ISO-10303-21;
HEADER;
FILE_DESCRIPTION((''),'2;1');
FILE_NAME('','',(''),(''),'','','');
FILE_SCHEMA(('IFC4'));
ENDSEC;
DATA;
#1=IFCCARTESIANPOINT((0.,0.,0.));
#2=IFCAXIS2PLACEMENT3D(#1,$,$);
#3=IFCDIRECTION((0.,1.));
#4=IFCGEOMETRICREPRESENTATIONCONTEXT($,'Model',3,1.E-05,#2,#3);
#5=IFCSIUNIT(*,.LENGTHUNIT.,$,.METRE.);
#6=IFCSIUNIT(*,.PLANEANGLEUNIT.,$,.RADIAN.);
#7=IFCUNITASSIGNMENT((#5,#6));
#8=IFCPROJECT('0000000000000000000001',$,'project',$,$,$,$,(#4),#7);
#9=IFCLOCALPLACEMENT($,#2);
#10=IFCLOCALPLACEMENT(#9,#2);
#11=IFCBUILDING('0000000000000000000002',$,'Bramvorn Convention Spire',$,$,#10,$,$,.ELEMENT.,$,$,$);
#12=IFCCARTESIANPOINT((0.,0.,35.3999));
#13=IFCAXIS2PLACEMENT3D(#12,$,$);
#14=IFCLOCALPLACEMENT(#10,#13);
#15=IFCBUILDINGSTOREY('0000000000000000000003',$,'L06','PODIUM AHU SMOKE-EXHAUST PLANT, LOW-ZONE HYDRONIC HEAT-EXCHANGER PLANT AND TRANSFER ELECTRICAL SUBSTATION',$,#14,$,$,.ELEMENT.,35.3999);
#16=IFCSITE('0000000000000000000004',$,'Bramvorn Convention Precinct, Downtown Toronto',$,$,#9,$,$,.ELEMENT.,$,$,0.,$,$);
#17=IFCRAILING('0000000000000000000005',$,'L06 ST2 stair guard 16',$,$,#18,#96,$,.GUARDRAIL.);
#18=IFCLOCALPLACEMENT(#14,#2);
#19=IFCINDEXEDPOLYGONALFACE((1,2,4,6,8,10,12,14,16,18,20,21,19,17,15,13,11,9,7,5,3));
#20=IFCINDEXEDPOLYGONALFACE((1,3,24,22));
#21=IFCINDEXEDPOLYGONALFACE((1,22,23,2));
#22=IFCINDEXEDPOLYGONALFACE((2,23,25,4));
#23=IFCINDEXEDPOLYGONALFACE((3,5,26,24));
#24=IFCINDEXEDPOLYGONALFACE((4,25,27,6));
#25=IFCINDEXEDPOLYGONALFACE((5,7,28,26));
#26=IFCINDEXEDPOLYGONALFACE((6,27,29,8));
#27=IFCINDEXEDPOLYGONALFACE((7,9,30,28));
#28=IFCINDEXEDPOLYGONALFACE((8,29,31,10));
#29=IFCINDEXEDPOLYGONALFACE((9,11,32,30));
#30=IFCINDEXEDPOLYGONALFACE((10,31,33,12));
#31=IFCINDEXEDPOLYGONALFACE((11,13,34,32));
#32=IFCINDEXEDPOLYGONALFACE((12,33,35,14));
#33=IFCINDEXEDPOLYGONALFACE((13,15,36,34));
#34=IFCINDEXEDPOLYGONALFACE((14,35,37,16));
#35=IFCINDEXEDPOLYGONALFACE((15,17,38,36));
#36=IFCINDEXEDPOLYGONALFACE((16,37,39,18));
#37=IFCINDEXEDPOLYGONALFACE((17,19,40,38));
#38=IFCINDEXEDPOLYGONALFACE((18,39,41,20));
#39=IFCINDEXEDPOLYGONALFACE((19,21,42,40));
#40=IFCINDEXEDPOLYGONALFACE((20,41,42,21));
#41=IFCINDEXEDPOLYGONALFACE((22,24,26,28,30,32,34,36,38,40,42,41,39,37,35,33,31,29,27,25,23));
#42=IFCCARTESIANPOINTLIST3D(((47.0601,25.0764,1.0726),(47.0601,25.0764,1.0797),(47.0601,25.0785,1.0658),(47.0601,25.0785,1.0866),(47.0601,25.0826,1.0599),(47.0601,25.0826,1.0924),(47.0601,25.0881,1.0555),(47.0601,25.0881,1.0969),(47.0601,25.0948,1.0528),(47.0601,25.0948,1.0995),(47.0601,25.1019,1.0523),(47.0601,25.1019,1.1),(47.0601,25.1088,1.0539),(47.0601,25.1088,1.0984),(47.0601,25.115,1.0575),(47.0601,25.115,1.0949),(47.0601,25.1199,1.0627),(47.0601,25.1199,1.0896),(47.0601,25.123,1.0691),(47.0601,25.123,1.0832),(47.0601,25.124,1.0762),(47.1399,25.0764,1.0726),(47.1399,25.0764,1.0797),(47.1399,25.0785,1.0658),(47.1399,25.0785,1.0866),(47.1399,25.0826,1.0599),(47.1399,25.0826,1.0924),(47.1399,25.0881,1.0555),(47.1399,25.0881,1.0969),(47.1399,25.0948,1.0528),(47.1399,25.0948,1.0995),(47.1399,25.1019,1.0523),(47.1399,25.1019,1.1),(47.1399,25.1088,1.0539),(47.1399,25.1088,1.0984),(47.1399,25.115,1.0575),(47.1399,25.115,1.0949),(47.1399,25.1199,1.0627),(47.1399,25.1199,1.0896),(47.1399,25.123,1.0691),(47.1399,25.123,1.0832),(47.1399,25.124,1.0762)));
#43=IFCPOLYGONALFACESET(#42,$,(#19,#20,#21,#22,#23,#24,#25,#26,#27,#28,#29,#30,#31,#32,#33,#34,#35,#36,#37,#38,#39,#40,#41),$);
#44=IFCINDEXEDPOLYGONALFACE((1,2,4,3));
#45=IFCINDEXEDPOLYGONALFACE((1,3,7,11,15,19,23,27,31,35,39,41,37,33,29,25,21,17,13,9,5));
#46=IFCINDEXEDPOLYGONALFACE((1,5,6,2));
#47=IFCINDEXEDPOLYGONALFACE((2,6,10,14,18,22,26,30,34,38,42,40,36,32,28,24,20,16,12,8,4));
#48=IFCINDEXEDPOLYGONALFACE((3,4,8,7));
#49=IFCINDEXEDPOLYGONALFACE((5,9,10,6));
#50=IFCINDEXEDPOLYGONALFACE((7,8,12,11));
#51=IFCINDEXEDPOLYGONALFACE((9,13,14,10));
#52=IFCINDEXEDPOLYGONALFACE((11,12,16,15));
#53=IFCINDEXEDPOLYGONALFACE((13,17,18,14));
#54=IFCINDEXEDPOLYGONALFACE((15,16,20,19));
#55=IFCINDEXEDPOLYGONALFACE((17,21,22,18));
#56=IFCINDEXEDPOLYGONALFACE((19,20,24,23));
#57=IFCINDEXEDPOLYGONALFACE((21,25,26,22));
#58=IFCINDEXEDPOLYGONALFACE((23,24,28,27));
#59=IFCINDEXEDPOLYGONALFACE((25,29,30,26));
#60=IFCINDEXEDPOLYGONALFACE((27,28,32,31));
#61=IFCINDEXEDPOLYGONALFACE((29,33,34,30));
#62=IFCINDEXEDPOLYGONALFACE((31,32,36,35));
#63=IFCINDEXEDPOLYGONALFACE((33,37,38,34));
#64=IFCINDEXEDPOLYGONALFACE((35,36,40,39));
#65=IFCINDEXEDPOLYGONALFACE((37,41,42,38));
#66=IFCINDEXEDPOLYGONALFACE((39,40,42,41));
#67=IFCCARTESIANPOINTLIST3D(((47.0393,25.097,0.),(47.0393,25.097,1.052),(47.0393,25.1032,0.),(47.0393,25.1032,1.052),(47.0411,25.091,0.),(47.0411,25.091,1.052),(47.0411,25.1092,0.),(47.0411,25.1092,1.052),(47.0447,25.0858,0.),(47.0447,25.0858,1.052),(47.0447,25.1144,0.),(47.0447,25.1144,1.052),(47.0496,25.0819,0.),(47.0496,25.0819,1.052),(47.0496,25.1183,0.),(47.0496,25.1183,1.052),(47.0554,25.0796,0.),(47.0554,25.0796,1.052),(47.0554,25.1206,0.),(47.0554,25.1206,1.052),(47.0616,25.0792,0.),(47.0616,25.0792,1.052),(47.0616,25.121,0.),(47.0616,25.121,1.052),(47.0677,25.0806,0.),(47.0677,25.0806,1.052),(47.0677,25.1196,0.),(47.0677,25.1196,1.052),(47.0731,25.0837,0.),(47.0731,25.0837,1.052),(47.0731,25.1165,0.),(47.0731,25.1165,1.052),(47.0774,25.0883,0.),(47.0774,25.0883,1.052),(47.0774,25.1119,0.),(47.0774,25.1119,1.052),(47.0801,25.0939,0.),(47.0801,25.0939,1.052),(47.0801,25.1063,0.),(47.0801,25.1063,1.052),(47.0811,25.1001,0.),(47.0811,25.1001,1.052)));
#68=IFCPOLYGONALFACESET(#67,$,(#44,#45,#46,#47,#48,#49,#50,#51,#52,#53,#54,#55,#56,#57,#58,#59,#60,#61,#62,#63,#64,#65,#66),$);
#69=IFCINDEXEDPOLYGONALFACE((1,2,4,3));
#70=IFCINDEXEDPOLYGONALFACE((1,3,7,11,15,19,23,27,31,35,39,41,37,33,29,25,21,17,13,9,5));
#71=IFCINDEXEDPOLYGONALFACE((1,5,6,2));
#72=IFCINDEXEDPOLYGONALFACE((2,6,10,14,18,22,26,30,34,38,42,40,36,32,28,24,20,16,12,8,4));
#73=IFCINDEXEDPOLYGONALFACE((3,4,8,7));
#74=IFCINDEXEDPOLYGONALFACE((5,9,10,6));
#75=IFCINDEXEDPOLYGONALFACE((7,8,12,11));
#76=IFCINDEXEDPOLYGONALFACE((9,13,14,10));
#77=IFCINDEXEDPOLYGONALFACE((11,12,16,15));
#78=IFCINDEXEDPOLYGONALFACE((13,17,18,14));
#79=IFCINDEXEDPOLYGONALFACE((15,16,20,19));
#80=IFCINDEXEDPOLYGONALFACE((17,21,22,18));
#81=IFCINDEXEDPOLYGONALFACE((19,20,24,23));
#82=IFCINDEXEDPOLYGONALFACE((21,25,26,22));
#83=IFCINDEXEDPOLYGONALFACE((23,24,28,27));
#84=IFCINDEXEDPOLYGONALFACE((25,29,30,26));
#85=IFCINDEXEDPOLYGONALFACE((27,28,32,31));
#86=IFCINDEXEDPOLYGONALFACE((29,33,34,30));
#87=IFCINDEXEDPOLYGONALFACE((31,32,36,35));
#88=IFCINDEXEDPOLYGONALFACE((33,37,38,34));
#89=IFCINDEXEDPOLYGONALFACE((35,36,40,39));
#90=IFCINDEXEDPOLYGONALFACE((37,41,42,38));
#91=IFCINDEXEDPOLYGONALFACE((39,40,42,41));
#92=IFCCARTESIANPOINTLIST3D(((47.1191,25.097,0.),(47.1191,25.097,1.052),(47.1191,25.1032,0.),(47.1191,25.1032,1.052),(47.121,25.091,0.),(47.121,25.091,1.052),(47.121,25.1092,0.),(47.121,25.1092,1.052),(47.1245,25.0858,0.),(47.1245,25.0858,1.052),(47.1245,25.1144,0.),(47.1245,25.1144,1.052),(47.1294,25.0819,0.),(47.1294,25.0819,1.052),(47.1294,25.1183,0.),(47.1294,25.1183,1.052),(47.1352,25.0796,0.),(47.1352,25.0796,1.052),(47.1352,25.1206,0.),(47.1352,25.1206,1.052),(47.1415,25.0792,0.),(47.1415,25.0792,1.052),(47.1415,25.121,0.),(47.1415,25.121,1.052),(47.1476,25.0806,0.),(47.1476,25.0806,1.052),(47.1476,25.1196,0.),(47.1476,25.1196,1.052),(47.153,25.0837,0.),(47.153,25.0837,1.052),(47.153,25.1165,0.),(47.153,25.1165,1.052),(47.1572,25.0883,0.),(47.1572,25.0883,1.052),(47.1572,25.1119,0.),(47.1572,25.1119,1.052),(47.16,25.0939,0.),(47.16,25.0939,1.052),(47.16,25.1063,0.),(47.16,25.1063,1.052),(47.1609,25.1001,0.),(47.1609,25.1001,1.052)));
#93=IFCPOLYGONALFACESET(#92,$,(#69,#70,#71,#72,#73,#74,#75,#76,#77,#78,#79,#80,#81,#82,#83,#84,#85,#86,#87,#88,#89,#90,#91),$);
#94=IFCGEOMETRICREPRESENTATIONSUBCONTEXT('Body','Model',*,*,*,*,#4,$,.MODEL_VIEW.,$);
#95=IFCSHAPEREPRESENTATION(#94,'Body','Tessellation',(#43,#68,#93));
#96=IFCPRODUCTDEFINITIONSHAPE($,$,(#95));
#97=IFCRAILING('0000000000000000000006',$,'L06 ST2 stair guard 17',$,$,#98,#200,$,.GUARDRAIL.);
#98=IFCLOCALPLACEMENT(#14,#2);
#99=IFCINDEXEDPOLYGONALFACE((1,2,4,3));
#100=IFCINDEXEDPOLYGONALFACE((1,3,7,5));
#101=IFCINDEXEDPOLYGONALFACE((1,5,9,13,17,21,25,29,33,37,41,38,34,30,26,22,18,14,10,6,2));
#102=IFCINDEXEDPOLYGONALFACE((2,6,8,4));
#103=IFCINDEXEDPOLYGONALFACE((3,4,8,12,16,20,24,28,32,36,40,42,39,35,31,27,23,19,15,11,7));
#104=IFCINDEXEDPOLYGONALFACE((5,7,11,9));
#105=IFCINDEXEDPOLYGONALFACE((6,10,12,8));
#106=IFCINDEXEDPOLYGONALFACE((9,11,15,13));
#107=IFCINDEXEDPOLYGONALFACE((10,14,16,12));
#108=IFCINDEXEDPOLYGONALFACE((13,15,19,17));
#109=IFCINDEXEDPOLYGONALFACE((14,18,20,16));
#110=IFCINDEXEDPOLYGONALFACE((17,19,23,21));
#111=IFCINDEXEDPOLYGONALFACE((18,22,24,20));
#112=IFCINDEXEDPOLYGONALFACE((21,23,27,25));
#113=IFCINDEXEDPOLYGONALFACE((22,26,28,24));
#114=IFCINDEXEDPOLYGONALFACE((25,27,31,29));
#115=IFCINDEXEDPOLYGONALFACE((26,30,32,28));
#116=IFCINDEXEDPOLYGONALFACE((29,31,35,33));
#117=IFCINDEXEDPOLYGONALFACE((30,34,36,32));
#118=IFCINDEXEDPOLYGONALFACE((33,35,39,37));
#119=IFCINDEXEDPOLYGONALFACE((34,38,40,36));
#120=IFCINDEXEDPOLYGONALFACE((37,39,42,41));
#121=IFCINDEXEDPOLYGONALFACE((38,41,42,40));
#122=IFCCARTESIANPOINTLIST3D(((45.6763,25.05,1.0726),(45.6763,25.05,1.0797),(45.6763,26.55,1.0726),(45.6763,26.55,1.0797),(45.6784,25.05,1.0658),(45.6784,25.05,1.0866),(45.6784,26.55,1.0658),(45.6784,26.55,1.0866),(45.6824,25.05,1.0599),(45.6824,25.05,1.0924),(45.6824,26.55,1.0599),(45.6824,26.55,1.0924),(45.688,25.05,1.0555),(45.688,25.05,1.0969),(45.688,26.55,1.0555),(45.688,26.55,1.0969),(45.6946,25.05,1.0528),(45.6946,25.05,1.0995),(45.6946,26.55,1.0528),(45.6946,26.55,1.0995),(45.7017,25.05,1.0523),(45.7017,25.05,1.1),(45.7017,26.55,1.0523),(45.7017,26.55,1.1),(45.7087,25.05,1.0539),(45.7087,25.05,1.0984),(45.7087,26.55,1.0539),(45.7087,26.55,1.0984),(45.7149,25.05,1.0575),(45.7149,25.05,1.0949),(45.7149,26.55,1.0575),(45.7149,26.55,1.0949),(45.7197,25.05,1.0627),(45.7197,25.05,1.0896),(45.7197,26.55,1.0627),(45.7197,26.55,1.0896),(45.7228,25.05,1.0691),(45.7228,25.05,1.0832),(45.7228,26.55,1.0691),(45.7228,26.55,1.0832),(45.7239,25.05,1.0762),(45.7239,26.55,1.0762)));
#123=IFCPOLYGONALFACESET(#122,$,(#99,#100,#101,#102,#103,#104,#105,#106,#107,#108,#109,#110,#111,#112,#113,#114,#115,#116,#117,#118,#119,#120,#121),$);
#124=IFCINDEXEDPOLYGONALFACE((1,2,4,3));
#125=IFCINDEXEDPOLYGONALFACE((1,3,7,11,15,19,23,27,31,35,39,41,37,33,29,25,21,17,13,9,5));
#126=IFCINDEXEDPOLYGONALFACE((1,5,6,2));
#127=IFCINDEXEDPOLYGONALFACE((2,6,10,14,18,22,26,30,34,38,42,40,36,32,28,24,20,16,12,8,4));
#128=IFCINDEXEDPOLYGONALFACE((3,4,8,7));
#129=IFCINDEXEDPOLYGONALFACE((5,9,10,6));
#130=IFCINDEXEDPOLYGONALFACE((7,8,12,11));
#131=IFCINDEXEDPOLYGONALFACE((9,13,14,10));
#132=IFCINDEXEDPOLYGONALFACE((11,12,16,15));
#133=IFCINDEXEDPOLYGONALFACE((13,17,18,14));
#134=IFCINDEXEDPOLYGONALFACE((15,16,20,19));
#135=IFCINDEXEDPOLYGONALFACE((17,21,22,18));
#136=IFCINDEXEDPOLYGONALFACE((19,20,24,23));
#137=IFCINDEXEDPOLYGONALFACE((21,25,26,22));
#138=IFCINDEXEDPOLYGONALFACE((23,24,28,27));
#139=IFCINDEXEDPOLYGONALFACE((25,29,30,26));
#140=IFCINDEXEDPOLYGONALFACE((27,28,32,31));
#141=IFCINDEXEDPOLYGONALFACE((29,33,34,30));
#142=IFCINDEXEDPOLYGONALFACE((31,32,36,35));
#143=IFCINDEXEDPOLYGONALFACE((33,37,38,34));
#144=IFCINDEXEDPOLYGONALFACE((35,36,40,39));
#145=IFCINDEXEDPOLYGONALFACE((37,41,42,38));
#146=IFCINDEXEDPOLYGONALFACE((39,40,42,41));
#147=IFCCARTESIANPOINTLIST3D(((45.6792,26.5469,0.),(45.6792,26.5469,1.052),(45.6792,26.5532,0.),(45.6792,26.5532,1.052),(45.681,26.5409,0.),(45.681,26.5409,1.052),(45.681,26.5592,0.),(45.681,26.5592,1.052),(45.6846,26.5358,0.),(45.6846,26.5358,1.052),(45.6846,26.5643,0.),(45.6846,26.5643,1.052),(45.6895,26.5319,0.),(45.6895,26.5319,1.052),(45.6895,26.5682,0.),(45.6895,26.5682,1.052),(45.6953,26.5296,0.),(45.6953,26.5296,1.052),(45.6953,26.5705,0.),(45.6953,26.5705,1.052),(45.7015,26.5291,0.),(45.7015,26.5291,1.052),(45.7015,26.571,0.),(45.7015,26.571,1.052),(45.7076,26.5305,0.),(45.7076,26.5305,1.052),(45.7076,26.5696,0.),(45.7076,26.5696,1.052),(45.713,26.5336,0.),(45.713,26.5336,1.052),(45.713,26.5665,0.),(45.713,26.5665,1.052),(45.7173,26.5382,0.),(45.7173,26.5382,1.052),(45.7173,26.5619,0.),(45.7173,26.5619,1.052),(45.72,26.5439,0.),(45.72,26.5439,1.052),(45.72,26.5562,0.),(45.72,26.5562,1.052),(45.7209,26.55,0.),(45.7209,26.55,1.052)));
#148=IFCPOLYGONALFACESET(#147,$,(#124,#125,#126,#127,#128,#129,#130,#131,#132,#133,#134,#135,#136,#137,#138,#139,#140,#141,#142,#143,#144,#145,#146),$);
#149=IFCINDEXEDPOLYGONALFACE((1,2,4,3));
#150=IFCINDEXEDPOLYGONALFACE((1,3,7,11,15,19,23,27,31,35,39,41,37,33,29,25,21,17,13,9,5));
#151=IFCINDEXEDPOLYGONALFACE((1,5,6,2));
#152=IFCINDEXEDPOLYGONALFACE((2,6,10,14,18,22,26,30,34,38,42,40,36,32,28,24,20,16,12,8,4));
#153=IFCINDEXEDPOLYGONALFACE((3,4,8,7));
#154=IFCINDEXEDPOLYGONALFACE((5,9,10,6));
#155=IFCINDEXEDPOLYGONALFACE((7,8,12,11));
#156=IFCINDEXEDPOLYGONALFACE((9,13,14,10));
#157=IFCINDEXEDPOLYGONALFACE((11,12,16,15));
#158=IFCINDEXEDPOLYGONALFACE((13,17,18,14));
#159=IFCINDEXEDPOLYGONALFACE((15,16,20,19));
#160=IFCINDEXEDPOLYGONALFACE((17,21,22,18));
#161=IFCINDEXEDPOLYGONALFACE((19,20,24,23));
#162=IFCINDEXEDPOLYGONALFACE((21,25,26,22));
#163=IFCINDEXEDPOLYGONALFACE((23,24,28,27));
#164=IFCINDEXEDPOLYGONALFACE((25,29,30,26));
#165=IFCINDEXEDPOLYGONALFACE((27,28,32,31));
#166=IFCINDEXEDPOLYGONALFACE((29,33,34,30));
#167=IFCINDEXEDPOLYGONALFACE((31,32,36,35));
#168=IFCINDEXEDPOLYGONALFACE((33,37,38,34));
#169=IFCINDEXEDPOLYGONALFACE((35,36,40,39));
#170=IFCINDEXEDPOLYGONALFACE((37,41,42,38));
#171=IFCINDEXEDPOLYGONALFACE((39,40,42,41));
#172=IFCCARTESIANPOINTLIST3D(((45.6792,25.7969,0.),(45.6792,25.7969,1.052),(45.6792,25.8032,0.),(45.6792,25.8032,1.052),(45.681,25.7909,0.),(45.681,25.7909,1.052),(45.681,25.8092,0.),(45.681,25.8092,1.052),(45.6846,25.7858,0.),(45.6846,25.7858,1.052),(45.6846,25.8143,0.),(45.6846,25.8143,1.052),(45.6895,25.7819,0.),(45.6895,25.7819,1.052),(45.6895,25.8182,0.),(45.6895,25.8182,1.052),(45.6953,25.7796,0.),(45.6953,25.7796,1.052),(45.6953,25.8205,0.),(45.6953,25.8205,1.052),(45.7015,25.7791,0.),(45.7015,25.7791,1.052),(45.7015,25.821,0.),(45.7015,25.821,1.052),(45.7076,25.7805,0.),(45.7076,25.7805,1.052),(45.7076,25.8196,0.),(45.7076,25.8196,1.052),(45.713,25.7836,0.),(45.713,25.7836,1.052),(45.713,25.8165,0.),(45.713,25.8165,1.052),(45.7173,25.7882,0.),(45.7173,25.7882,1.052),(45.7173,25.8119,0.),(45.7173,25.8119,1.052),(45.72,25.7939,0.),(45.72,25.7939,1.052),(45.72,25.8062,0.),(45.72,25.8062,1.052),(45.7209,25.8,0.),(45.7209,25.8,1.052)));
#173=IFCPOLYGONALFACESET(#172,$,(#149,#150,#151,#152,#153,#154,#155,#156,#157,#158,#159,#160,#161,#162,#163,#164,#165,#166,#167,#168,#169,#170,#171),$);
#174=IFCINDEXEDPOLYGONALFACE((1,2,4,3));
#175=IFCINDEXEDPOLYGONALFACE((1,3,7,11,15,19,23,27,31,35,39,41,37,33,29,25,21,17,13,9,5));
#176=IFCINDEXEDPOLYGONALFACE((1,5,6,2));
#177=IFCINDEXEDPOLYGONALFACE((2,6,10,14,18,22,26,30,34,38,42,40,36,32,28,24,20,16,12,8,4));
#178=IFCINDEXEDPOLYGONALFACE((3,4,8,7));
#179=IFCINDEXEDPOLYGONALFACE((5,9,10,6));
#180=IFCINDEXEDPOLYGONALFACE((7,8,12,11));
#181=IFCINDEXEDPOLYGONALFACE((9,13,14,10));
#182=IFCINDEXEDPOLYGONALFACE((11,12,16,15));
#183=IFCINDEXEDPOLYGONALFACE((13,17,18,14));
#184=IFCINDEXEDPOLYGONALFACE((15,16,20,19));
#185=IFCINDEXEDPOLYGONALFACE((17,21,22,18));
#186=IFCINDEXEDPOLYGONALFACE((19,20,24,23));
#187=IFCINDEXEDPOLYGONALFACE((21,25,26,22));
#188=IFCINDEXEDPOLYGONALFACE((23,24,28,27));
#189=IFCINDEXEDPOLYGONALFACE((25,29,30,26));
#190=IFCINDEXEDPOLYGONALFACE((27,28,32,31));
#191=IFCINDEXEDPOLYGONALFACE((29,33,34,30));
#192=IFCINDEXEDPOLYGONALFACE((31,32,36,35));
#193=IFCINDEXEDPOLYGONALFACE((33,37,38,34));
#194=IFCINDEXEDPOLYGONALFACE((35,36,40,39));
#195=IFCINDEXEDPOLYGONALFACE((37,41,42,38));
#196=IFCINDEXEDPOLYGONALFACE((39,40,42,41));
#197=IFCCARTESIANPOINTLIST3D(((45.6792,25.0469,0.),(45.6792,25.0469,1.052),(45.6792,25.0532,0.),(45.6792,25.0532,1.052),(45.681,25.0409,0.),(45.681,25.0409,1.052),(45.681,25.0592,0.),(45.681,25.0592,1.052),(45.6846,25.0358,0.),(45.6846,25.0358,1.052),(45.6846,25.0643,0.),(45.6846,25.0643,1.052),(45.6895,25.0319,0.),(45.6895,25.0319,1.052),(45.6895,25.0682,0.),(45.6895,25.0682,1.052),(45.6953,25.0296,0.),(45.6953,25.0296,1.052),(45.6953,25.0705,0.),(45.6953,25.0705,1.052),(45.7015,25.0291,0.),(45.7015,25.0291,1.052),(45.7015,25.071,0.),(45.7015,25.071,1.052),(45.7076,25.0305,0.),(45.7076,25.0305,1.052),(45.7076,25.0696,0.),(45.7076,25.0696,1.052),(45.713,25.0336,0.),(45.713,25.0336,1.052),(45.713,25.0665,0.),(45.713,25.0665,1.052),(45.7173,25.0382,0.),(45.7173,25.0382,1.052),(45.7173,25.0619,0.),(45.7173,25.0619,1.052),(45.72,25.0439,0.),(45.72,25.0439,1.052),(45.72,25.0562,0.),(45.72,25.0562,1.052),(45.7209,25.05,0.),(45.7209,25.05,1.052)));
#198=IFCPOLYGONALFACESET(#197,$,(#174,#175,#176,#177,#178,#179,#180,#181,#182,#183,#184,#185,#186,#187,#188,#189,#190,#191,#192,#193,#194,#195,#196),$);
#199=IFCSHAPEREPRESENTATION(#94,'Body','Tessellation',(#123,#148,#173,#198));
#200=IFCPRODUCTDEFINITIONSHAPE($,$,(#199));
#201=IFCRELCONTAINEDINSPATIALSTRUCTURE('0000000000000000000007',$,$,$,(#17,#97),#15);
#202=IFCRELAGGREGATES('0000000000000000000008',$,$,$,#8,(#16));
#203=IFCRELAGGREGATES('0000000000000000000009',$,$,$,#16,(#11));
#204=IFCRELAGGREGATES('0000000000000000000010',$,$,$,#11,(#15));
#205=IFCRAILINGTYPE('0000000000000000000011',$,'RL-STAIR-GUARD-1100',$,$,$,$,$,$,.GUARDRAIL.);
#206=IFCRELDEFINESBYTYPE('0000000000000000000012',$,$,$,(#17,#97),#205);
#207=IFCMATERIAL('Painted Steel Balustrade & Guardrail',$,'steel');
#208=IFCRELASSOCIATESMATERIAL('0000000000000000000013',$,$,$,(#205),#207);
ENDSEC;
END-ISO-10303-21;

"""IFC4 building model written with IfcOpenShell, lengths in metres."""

from ifc_helpers import new_model, si_unit, direction, frame, origin, origin_2d, place, context, subcontext, project, spatial, circle, extrude, material, type_object, element, save


model = new_model("IFC4")

# Units and contexts
model_context = context("Model", 3, precision=1e-05, world=origin(), true_north=direction((0.0, 1.0)))
body_context = subcontext(model_context, "Body", "Model", "MODEL_VIEW")
ifc_project = project(units=[si_unit("LENGTHUNIT", "METRE"), si_unit("PLANEANGLEUNIT", "RADIAN")], contexts=[model_context])

# Site, building, storey
site_placement = place(None, origin())
site = spatial("IfcSite", under=ifc_project, at=site_placement, Name="Bramvorn Convention Precinct, Downtown Toronto", CompositionType="ELEMENT", RefElevation=0.0)
building_placement = place(site_placement, origin())
building = spatial("IfcBuilding", under=site, at=building_placement, Name="Bramvorn Convention Spire", CompositionType="ELEMENT")
storey_placement = place(building_placement, frame((0.0, 0.0, 35.3999)))
storey = spatial("IfcBuildingStorey", under=building, at=storey_placement, Name="L06", Description="PODIUM AHU SMOKE-EXHAUST PLANT, LOW-ZONE HYDRONIC HEAT-EXCHANGER PLANT AND TRANSFER ELECTRICAL SUBSTATION", CompositionType="ELEMENT", Elevation=35.3999)

# Railings
ifc_material_1 = material(Name="Painted Steel Balustrade & Guardrail", Category="steel")
railing_type_1 = type_object("IfcRailingType", Name="RL-STAIR-GUARD-1100", PredefinedType="GUARDRAIL", material=ifc_material_1)
railing_1_placement = place(storey_placement, frame((47.0601, 25.1001, 0.0)))
element("IfcRailing", 1, at=railing_1_placement, inside=storey, type_object=railing_type_1, Name="L06 ST2 stair guard 16", PredefinedType="GUARDRAIL", context=body_context, shape_type="SweptSolid", body=[
    extrude(circle(Radius=0.0239, at=origin_2d()), frame((0.0, 0.0, 1.0762), z_axis=(1.0, 0.0, 0.0), x_axis=(0.0, 1.0, 0.0)), (0.0, 0.0, 1.0), 0.0798),
    extrude(circle(Radius=0.021, at=origin_2d()), origin(), (0.0, 0.0, 1.0), 1.052),
    extrude(circle(Radius=0.021, at=origin_2d()), frame((0.0798, 0.0, 0.0)), (0.0, 0.0, 1.0), 1.052),
])
for number, where, name in (
    (2, (45.7, 26.55, 0.0), "L06 ST2 stair guard 17"),
):
    element("IfcRailing", number, at=place(storey_placement, frame(where)), inside=storey, type_object=railing_type_1, Name=name, PredefinedType="GUARDRAIL", context=body_context, shape_type="SweptSolid", body=[
        extrude(circle(Radius=0.0239, at=origin_2d()), frame((0.0, 0.0, 1.0762), z_axis=(0.0, -1.0, 0.0), x_axis=(1.0, 0.0, 0.0)), (0.0, 0.0, 1.0), 1.5),
        extrude(circle(Radius=0.021, at=origin_2d()), origin(), (0.0, 0.0, 1.0), 1.052),
        extrude(circle(Radius=0.021, at=origin_2d()), frame((0.0, -0.75, 0.0)), (0.0, 0.0, 1.0), 1.052),
        extrude(circle(Radius=0.021, at=origin_2d()), frame((0.0, -1.5, 0.0)), (0.0, 0.0, 1.0), 1.052),
    ])

save(model, "model.ifc")
